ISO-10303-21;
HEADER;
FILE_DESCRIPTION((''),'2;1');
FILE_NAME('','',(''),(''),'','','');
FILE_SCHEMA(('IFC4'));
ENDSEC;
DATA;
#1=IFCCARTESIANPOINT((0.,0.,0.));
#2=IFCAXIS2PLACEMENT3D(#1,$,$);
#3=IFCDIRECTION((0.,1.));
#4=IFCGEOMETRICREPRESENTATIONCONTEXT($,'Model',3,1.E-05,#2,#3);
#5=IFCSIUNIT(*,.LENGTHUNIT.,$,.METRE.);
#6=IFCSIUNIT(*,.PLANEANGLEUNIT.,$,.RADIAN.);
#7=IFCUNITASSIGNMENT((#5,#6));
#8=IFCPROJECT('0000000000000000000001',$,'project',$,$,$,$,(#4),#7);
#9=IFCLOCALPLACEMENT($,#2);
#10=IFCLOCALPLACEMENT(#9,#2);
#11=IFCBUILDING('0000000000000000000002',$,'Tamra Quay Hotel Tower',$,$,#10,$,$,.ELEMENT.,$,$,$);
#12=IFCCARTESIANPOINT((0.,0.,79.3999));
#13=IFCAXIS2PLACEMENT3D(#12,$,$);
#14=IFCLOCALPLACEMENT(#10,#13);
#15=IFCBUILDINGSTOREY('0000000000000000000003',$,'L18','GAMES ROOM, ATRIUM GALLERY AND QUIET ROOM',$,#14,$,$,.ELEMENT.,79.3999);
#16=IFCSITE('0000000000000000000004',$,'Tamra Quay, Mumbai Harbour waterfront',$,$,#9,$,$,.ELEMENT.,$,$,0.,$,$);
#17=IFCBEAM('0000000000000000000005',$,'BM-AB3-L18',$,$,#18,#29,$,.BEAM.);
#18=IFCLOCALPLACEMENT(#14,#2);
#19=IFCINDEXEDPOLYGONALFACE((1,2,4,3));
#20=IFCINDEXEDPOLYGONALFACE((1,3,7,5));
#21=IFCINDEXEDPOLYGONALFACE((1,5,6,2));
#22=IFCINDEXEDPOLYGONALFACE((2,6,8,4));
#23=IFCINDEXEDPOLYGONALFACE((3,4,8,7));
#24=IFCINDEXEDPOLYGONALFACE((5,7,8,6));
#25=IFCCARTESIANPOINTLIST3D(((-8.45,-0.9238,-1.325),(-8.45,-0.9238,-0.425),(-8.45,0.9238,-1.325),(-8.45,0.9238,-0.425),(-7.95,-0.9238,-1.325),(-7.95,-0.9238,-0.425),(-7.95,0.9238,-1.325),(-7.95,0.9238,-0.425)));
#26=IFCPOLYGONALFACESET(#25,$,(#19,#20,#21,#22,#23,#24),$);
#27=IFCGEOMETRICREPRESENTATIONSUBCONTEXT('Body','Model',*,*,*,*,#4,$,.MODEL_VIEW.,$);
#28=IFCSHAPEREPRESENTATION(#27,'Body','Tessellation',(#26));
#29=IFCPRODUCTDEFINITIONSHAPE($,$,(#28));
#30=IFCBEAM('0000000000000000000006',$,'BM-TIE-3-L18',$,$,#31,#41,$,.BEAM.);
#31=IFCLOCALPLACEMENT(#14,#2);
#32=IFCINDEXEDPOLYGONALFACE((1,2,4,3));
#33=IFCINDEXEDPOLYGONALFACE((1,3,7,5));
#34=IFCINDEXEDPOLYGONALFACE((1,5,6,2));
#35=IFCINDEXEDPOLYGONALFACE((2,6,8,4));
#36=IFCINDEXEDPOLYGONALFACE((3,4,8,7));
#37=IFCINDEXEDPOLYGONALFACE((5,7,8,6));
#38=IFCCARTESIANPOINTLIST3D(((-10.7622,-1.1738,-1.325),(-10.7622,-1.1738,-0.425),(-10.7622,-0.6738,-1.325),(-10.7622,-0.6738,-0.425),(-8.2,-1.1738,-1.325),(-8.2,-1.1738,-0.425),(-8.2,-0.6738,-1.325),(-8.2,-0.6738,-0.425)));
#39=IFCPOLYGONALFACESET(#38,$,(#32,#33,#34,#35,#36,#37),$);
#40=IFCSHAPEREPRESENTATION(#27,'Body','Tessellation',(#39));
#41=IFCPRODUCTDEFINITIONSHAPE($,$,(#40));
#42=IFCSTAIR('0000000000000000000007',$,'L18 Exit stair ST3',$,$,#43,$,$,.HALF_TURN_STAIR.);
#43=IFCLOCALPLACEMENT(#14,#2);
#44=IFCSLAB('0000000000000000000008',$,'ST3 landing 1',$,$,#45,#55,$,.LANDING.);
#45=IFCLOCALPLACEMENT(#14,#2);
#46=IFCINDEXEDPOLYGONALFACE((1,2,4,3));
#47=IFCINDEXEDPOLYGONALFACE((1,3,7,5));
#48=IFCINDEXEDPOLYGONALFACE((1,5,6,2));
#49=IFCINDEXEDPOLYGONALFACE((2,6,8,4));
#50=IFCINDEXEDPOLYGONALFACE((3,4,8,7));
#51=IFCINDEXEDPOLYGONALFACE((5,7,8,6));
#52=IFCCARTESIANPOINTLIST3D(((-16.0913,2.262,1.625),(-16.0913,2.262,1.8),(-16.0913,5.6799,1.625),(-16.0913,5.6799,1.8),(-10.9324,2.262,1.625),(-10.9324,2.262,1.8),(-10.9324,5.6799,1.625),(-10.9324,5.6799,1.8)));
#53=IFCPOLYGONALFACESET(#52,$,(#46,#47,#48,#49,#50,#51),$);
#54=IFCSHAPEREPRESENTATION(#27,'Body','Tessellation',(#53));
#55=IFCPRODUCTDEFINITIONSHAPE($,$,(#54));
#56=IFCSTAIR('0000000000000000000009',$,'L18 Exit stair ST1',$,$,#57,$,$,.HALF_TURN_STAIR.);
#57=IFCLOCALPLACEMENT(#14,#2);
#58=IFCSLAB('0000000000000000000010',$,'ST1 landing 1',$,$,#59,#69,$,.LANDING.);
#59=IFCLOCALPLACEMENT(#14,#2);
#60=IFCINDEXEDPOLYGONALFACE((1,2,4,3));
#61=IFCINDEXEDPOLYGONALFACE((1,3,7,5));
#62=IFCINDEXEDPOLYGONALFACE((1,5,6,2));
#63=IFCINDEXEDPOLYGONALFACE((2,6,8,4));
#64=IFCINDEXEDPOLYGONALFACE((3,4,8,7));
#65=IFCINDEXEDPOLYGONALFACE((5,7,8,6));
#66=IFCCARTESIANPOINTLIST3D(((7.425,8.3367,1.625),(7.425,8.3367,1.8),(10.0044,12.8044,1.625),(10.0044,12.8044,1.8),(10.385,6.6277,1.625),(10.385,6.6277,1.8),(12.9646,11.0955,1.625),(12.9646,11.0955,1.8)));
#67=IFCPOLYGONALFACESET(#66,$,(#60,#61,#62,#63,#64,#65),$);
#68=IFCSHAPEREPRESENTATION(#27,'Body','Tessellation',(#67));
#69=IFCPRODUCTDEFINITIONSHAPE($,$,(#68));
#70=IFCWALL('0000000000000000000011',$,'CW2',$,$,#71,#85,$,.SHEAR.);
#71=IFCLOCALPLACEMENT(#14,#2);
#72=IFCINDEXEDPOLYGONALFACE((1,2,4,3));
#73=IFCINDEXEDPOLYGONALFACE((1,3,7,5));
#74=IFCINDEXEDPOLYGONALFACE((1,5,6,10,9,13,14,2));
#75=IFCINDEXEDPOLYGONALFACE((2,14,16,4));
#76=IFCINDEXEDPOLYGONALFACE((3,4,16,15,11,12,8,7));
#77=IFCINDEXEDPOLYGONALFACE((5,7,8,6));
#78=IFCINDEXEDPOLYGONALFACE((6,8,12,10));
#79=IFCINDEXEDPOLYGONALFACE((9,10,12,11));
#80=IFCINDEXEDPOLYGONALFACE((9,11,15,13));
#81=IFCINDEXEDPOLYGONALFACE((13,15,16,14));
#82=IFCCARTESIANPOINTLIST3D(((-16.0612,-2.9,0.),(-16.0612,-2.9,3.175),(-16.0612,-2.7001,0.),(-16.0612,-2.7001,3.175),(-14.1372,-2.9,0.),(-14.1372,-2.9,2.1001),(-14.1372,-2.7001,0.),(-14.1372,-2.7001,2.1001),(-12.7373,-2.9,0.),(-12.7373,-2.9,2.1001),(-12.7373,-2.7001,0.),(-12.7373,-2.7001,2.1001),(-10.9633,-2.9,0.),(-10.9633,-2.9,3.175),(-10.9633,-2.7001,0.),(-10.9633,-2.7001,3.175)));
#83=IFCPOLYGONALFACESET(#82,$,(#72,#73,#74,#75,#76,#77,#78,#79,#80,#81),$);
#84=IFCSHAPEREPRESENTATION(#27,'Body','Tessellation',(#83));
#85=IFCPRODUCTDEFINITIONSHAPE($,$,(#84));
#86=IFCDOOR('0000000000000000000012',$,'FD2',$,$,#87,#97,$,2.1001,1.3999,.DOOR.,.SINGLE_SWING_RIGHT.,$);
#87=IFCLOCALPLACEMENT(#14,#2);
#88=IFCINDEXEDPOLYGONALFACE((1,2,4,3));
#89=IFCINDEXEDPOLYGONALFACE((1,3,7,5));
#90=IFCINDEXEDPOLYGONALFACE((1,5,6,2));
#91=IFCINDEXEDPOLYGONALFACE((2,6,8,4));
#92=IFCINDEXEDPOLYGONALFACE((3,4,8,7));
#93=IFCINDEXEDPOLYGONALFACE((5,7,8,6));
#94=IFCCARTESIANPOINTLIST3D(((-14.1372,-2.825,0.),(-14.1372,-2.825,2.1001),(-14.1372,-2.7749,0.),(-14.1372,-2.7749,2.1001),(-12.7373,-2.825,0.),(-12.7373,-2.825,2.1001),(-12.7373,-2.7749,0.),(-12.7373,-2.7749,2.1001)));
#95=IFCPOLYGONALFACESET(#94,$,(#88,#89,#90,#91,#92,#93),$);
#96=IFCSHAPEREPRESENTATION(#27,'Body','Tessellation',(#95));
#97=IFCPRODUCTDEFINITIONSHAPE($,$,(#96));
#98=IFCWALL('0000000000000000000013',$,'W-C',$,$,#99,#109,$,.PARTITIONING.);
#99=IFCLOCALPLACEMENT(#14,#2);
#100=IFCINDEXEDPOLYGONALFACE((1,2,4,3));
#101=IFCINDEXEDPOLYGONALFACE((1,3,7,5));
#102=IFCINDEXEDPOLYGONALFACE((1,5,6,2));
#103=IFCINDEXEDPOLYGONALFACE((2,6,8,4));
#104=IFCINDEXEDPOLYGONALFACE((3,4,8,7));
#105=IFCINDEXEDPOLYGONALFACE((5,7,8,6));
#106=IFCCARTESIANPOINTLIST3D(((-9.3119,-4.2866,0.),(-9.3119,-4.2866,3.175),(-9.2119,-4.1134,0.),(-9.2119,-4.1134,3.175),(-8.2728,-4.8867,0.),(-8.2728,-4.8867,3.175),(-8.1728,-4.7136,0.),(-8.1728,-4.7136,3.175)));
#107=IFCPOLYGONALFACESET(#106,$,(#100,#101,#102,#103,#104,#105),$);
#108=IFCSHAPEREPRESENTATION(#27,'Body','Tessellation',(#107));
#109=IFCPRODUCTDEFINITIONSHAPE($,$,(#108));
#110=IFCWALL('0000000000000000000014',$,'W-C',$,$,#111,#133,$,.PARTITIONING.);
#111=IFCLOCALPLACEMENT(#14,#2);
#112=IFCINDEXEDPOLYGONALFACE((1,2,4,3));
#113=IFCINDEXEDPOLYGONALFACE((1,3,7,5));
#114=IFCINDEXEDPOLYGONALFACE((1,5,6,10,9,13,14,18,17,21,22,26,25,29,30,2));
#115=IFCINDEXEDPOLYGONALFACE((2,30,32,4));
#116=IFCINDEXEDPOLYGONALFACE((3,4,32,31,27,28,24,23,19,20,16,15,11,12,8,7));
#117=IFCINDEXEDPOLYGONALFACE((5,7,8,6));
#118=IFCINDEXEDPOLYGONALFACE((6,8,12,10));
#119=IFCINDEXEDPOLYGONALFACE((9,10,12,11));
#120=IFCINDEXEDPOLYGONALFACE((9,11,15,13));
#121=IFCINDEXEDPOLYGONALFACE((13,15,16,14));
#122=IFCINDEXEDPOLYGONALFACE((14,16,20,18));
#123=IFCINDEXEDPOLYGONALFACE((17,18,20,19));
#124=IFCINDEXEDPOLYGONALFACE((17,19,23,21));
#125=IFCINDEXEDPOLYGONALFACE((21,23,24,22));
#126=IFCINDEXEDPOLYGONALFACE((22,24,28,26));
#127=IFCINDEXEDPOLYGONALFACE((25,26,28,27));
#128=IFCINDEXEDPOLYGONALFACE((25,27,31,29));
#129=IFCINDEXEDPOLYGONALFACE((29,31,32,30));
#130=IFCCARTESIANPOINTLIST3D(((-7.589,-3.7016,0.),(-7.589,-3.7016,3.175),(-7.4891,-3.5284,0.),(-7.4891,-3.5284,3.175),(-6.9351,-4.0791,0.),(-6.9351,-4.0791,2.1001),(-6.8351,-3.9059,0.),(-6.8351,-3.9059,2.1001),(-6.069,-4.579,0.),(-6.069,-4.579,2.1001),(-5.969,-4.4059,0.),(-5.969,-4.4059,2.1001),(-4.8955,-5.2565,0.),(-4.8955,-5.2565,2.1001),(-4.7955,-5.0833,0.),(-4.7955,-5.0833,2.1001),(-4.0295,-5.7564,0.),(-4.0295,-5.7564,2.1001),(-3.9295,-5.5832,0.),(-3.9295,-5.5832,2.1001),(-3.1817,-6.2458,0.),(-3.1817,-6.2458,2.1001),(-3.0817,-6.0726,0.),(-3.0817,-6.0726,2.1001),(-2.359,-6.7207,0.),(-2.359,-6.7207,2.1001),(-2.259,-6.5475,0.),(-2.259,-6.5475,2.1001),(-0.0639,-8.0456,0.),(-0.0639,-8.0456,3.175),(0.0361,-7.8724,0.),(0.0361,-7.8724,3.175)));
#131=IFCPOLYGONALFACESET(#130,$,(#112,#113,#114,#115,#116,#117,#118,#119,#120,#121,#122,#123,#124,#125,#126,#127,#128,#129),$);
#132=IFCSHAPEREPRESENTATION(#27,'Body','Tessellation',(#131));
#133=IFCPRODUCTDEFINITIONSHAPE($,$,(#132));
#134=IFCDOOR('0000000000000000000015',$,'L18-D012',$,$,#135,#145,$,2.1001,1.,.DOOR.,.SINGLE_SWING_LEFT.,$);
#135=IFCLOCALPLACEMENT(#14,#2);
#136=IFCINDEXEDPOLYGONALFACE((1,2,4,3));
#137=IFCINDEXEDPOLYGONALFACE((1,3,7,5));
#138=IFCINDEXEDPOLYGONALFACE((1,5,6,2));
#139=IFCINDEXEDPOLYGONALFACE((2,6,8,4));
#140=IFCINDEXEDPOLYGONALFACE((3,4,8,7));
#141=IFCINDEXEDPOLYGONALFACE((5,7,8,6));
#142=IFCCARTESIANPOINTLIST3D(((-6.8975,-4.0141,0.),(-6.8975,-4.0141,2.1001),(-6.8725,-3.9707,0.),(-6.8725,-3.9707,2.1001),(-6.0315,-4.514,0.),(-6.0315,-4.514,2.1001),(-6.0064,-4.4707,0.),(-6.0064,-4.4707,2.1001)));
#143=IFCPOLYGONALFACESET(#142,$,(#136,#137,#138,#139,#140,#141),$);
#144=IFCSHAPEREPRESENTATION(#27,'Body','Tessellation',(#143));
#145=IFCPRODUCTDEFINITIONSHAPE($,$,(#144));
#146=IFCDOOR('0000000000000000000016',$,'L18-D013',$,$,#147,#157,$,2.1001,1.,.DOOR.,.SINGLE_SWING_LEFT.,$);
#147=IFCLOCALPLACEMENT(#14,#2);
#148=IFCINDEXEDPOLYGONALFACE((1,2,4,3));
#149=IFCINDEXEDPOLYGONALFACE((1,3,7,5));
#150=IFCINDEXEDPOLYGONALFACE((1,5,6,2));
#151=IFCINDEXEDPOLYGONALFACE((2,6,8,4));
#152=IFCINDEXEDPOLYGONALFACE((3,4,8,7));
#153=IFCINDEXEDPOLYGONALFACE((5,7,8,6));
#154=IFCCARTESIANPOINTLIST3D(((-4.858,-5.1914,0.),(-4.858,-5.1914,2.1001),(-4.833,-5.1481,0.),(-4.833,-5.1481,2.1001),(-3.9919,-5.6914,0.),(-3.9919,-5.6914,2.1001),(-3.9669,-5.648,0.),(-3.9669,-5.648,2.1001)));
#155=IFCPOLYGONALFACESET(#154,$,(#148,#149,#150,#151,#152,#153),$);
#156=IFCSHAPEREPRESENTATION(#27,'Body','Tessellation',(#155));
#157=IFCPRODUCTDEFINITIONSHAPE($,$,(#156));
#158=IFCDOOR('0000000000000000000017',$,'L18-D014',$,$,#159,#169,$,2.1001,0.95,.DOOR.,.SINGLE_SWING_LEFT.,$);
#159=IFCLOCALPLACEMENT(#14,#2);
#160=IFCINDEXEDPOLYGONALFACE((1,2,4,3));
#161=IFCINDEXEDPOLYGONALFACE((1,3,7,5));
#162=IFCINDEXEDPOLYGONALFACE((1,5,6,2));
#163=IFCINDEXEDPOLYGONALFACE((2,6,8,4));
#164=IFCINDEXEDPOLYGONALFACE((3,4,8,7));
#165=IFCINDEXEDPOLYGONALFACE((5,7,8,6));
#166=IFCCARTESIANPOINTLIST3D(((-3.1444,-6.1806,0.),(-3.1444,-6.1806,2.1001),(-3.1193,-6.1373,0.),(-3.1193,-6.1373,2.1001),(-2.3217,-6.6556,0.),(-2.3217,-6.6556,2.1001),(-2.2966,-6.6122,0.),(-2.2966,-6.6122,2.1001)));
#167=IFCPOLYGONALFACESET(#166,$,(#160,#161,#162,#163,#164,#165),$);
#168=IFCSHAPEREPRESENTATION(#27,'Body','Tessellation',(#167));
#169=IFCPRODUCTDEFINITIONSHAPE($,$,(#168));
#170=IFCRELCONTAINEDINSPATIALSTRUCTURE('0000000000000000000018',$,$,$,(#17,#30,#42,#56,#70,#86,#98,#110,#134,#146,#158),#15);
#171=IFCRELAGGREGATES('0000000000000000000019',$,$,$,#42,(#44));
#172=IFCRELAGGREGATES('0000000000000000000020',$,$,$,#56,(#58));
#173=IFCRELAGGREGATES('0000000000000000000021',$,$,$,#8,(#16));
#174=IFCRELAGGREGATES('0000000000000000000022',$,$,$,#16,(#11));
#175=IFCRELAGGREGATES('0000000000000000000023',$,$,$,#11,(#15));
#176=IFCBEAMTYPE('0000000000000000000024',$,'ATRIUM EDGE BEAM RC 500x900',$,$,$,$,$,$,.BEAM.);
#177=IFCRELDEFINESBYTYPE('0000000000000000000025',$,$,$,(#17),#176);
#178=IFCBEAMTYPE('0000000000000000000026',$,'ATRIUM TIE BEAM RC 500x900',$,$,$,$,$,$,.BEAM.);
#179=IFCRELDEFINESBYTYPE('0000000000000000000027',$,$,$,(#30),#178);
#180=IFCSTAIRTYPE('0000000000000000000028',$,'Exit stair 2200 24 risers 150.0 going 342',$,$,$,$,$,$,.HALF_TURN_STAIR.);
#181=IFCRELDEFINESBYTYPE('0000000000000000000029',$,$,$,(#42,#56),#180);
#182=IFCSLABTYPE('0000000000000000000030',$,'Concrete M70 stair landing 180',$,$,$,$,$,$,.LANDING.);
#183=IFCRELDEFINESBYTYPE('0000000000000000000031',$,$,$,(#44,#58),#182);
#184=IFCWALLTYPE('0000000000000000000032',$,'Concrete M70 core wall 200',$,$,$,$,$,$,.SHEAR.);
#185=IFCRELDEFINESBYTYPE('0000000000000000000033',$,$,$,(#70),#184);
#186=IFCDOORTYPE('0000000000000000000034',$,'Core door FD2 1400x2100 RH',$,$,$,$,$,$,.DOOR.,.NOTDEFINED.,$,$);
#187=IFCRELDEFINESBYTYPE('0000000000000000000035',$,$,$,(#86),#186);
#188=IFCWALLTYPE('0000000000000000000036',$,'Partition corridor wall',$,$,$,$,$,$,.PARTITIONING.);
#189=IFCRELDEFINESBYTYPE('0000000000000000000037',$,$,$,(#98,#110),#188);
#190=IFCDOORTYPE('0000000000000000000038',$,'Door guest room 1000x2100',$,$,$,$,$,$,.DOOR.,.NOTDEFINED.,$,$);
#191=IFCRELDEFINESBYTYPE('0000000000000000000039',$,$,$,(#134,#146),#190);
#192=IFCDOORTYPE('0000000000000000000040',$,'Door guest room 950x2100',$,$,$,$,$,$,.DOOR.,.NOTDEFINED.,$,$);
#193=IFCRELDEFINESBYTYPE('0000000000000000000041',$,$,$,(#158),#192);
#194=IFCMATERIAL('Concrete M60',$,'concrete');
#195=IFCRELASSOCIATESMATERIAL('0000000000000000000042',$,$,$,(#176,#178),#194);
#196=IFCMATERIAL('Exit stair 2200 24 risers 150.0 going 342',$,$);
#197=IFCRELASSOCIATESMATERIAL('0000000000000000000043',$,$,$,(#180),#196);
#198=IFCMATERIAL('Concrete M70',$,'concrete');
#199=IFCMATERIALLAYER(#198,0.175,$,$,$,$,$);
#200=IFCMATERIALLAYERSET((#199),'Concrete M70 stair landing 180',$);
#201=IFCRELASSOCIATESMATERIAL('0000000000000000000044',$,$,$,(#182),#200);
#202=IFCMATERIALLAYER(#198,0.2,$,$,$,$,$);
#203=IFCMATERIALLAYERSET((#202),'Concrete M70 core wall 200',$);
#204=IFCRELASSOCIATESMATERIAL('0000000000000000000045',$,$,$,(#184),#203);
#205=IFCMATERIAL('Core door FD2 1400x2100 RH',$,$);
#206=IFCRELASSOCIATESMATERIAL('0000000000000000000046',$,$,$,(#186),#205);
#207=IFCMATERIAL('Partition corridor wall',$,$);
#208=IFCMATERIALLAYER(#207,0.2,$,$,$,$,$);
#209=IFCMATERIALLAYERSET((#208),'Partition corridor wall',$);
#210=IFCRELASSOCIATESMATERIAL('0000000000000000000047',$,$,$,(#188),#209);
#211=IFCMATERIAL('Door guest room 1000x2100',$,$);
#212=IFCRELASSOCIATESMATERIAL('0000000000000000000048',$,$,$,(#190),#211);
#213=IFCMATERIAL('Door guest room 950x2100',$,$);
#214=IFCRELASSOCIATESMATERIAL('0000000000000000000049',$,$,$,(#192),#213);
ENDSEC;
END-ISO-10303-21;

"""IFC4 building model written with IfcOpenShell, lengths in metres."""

from ifc_helpers import new_model, si_unit, direction, frame, frame_2d, origin, origin_2d, place, context, subcontext, project, spatial, polyline, rectangle, outline, extrude, material, layer, layer_set, material_profile, profile_set, type_object, element, fill, aggregate, save


model = new_model("IFC4")

# Units and contexts
model_context = context("Model", 3, precision=1e-05, world=origin(), true_north=direction((0.0, 1.0)))
body_context = subcontext(model_context, "Body", "Model", "MODEL_VIEW")
ifc_project = project(units=[si_unit("LENGTHUNIT", "METRE"), si_unit("PLANEANGLEUNIT", "RADIAN")], contexts=[model_context])

# Site, building, storey
site_placement = place(None, origin())
site = spatial("IfcSite", under=ifc_project, at=site_placement, Name="Tamra Quay, Mumbai Harbour waterfront", CompositionType="ELEMENT", RefElevation=0.0)
building_placement = place(site_placement, origin())
building = spatial("IfcBuilding", under=site, at=building_placement, Name="Tamra Quay Hotel Tower", CompositionType="ELEMENT")
storey_placement = place(building_placement, frame((0.0, 0.0, 79.3999)))
storey = spatial("IfcBuildingStorey", under=building, at=storey_placement, Name="L18", Description="GAMES ROOM, ATRIUM GALLERY AND QUIET ROOM", CompositionType="ELEMENT", Elevation=79.3999)

# Beams
ifc_material_1 = material(Name="Concrete M60", Category="concrete")
ifc_material_profile_1 = material_profile(ifc_material_1, rectangle(XDim=0.5, YDim=0.8999, at=origin_2d()), Name="ATRIUM EDGE BEAM RC 500x900")
ifc_profile_set_1 = profile_set([ifc_material_profile_1], Name="Concrete M60")
beam_type_1 = type_object("IfcBeamType", Name="ATRIUM EDGE BEAM RC 500x900", PredefinedType="BEAM", material=ifc_profile_set_1)
beam_1_placement = place(storey_placement, frame((-8.2, -0.9238, -0.875), z_axis=(0.0, 1.0, 0.0), x_axis=(-1.0, 0.0, 0.0)))
element("IfcBeam", 1, at=beam_1_placement, inside=storey, type_object=beam_type_1, Name="BM-AB3-L18", PredefinedType="BEAM", context=body_context, shape_type="SweptSolid", body=[
    extrude(rectangle(XDim=0.5, YDim=0.8999, at=origin_2d()), origin(), (0.0, 0.0, 1.0), 1.8477),
])
ifc_material_profile_2 = material_profile(ifc_material_1, rectangle(XDim=0.5, YDim=0.8999, at=origin_2d()), Name="ATRIUM TIE BEAM RC 500x900")
ifc_profile_set_2 = profile_set([ifc_material_profile_2], Name="Concrete M60")
beam_type_2 = type_object("IfcBeamType", Name="ATRIUM TIE BEAM RC 500x900", PredefinedType="BEAM", material=ifc_profile_set_2)
beam_2_placement = place(storey_placement, frame((-8.2, -0.9238, -0.875), z_axis=(-1.0, 0.0, 0.0), x_axis=(0.0, -1.0, 0.0)))
element("IfcBeam", 2, at=beam_2_placement, inside=storey, type_object=beam_type_2, Name="BM-TIE-3-L18", PredefinedType="BEAM", context=body_context, shape_type="SweptSolid", body=[
    extrude(rectangle(XDim=0.5, YDim=0.8999, at=origin_2d()), origin(), (0.0, 0.0, 1.0), 2.5623),
])

# Stairs, slabs
ifc_material_2 = material(Name="Exit stair 2200 24 risers 150.0 going 342")
stair_type = type_object("IfcStairType", Name="Exit stair 2200 24 risers 150.0 going 342", PredefinedType="HALF_TURN_STAIR", material=ifc_material_2)
stair_1_placement = place(storey_placement, origin())
stair_1 = element("IfcStair", 3, at=stair_1_placement, inside=storey, type_object=stair_type, Name="L18 Exit stair ST3", PredefinedType="HALF_TURN_STAIR")
ifc_material_3 = material(Name="Concrete M70", Category="concrete")
ifc_layer_1 = layer(ifc_material_3, 0.175)
ifc_layer_set_1 = layer_set([ifc_layer_1], Name="Concrete M70 stair landing 180")
slab_type_1 = type_object("IfcSlabType", Name="Concrete M70 stair landing 180", PredefinedType="LANDING", material=ifc_layer_set_1)
slab_1_placement = place(storey_placement, frame((0.0, 0.0, 1.625)))
slab_1 = element("IfcSlab", 4, at=slab_1_placement, type_object=slab_type_1, Name="ST3 landing 1", PredefinedType="LANDING", context=body_context, shape_type="SweptSolid", body=[
    extrude(outline(polyline([(-10.9324, 2.262), (-10.9324, 5.6799), (-16.0913, 5.6799), (-16.0913, 2.262), (-10.9324, 2.262)])), origin(), (0.0, 0.0, 1.0), 0.175),
])
aggregate(stair_1, [slab_1])
stair_2_placement = place(storey_placement, origin())
stair_2 = element("IfcStair", 5, at=stair_2_placement, inside=storey, type_object=stair_type, Name="L18 Exit stair ST1", PredefinedType="HALF_TURN_STAIR")
slab_2_placement = place(storey_placement, frame((0.0, 0.0, 1.625)))
slab_2 = element("IfcSlab", 6, at=slab_2_placement, type_object=slab_type_1, Name="ST1 landing 1", PredefinedType="LANDING", context=body_context, shape_type="SweptSolid", body=[
    extrude(outline(polyline([(7.425, 8.3367), (10.385, 6.6277), (12.9646, 11.0955), (10.0044, 12.8044), (7.425, 8.3367)])), origin(), (0.0, 0.0, 1.0), 0.175),
])
aggregate(stair_2, [slab_2])

# Wall, opening, door
ifc_layer_2 = layer(ifc_material_3, 0.2)
ifc_layer_set_2 = layer_set([ifc_layer_2], Name="Concrete M70 core wall 200")
wall_type_1 = type_object("IfcWallType", Name="Concrete M70 core wall 200", PredefinedType="SHEAR", material=ifc_layer_set_2)
wall_1_placement = place(storey_placement, frame((-10.9634, -2.8, 0.0), z_axis=(0.0, 0.0, 1.0), x_axis=(-1.0, 0.0, 0.0)))
wall_1 = element("IfcWall", 7, at=wall_1_placement, inside=storey, type_object=wall_type_1, Name="CW2", PredefinedType="SHEAR", context=body_context, shape_type="SweptSolid", body=[
    extrude(rectangle(XDim=5.0979, YDim=0.2, at=frame_2d((2.5488, 0.0))), origin(), (0.0, 0.0, 1.0), 3.175),
])
opening_1_placement = place(wall_1_placement, frame((1.7739, 0.0, 0.0)))
opening_1 = element("IfcOpeningElement", 8, at=opening_1_placement, cuts=wall_1, PredefinedType="OPENING", context=body_context, shape_type="SweptSolid", body=[
    extrude(rectangle(XDim=1.3999, YDim=2.1001, at=frame_2d((0.7, 1.05))), frame((0.0, 0.1099, 0.0), z_axis=(0.0, -1.0, 0.0), x_axis=(1.0, 0.0, 0.0)), (0.0, 0.0, 1.0), 0.22),
])
ifc_material_4 = material(Name="Core door FD2 1400x2100 RH")
door_type_1 = type_object("IfcDoorType", Name="Core door FD2 1400x2100 RH", OperationType="NOTDEFINED", PredefinedType="DOOR", material=ifc_material_4)
door_1_placement = place(opening_1_placement, origin())
door_1 = element("IfcDoor", 9, at=door_1_placement, inside=storey, type_object=door_type_1, Name="FD2", OperationType="SINGLE_SWING_RIGHT", OverallHeight=2.1001, OverallWidth=1.3999, PredefinedType="DOOR", context=body_context, shape_type="SweptSolid", body=[
    extrude(rectangle(XDim=1.3999, YDim=2.1001, at=frame_2d((0.7, 1.05))), frame((0.0, 0.0249, 0.0), z_axis=(0.0, -1.0, 0.0), x_axis=(1.0, 0.0, 0.0)), (0.0, 0.0, 1.0), 0.05),
])
fill(opening_1, door_1)

# Wall
ifc_material_5 = material(Name="Partition corridor wall")
ifc_layer_3 = layer(ifc_material_5, 0.2)
ifc_layer_set_3 = layer_set([ifc_layer_3], Name="Partition corridor wall")
wall_type_2 = type_object("IfcWallType", Name="Partition corridor wall", PredefinedType="PARTITIONING", material=ifc_layer_set_3)
wall_2_placement = place(storey_placement, frame((-9.262, -4.2, 0.0), z_axis=(0.0, 0.0, 1.0), x_axis=(0.865955, -0.500122, 0.0)))
element("IfcWall", 10, at=wall_2_placement, inside=storey, type_object=wall_type_2, Name="W-C", PredefinedType="PARTITIONING", context=body_context, shape_type="SweptSolid", body=[
    extrude(rectangle(XDim=1.2, YDim=0.2, at=frame_2d((0.6001, 0.0))), origin(), (0.0, 0.0, 1.0), 3.175),
])

# Wall, openings, doors
wall_3_placement = place(storey_placement, frame((-7.5391, -3.615, 0.0), z_axis=(0.0, 0.0, 1.0), x_axis=(0.866058, -0.499944, 0.0)))
wall_3 = element("IfcWall", 11, at=wall_3_placement, inside=storey, type_object=wall_type_2, Name="W-C", PredefinedType="PARTITIONING", context=body_context, shape_type="SweptSolid", body=[
    extrude(rectangle(XDim=8.689, YDim=0.2, at=frame_2d((4.3445, 0.0))), origin(), (0.0, 0.0, 1.0), 3.175),
])
opening_2_placement = place(wall_3_placement, frame((0.7551, 0.0, 0.0)))
opening_2 = element("IfcOpeningElement", 12, at=opening_2_placement, cuts=wall_3, PredefinedType="OPENING", context=body_context, shape_type="SweptSolid", body=[
    extrude(rectangle(XDim=1.0, YDim=2.1001, at=frame_2d((0.5, 1.05))), frame((0.0, 0.1099, 0.0), z_axis=(0.0, -1.0, 0.0), x_axis=(1.0, 0.0, 0.0)), (0.0, 0.0, 1.0), 0.22),
])
opening_3_placement = place(wall_3_placement, frame((3.1101, 0.0, 0.0)))
opening_3 = element("IfcOpeningElement", 13, at=opening_3_placement, cuts=wall_3, PredefinedType="OPENING", context=body_context, shape_type="SweptSolid", body=[
    extrude(rectangle(XDim=1.0, YDim=2.1001, at=frame_2d((0.5, 1.05))), frame((0.0, 0.1099, 0.0), z_axis=(0.0, -1.0, 0.0), x_axis=(1.0, 0.0, 0.0)), (0.0, 0.0, 1.0), 0.22),
])
opening_4_placement = place(wall_3_placement, frame((5.0889, 0.0, 0.0)))
opening_4 = element("IfcOpeningElement", 14, at=opening_4_placement, cuts=wall_3, PredefinedType="OPENING", context=body_context, shape_type="SweptSolid", body=[
    extrude(rectangle(XDim=0.95, YDim=2.1001, at=frame_2d((0.4751, 1.05))), frame((0.0, 0.1099, 0.0), z_axis=(0.0, -1.0, 0.0), x_axis=(1.0, 0.0, 0.0)), (0.0, 0.0, 1.0), 0.22),
])
ifc_material_6 = material(Name="Door guest room 1000x2100")
door_type_2 = type_object("IfcDoorType", Name="Door guest room 1000x2100", OperationType="NOTDEFINED", PredefinedType="DOOR", material=ifc_material_6)
door_2_placement = place(opening_2_placement, frame((1.0, 0.0, 0.0), z_axis=(0.0, 0.0, 1.0), x_axis=(-1.0, 0.0, 0.0)))
door_2 = element("IfcDoor", 15, at=door_2_placement, inside=storey, type_object=door_type_2, Name="L18-D012", OperationType="SINGLE_SWING_LEFT", OverallHeight=2.1001, OverallWidth=1.0, PredefinedType="DOOR", context=body_context, shape_type="SweptSolid", body=[
    extrude(rectangle(XDim=1.0, YDim=2.1001, at=frame_2d((0.5, 1.05))), frame((0.0, 0.0249, 0.0), z_axis=(0.0, -1.0, 0.0), x_axis=(1.0, 0.0, 0.0)), (0.0, 0.0, 1.0), 0.05),
])
fill(opening_2, door_2)
door_3_placement = place(opening_3_placement, frame((1.0, 0.0, 0.0), z_axis=(0.0, 0.0, 1.0), x_axis=(-1.0, 0.0, 0.0)))
door_3 = element("IfcDoor", 16, at=door_3_placement, inside=storey, type_object=door_type_2, Name="L18-D013", OperationType="SINGLE_SWING_LEFT", OverallHeight=2.1001, OverallWidth=1.0, PredefinedType="DOOR", context=body_context, shape_type="SweptSolid", body=[
    extrude(rectangle(XDim=1.0, YDim=2.1001, at=frame_2d((0.5, 1.05))), frame((0.0, 0.0249, 0.0), z_axis=(0.0, -1.0, 0.0), x_axis=(1.0, 0.0, 0.0)), (0.0, 0.0, 1.0), 0.05),
])
fill(opening_3, door_3)
ifc_material_7 = material(Name="Door guest room 950x2100")
door_type_3 = type_object("IfcDoorType", Name="Door guest room 950x2100", OperationType="NOTDEFINED", PredefinedType="DOOR", material=ifc_material_7)
door_4_placement = place(opening_4_placement, frame((0.95, 0.0, 0.0), z_axis=(0.0, 0.0, 1.0), x_axis=(-1.0, 0.0, 0.0)))
door_4 = element("IfcDoor", 17, at=door_4_placement, inside=storey, type_object=door_type_3, Name="L18-D014", OperationType="SINGLE_SWING_LEFT", OverallHeight=2.1001, OverallWidth=0.95, PredefinedType="DOOR", context=body_context, shape_type="SweptSolid", body=[
    extrude(rectangle(XDim=0.95, YDim=2.1001, at=frame_2d((0.4751, 1.05))), frame((0.0, 0.0249, 0.0), z_axis=(0.0, -1.0, 0.0), x_axis=(1.0, 0.0, 0.0)), (0.0, 0.0, 1.0), 0.05),
])
fill(opening_4, door_4)

save(model, "model.ifc")
